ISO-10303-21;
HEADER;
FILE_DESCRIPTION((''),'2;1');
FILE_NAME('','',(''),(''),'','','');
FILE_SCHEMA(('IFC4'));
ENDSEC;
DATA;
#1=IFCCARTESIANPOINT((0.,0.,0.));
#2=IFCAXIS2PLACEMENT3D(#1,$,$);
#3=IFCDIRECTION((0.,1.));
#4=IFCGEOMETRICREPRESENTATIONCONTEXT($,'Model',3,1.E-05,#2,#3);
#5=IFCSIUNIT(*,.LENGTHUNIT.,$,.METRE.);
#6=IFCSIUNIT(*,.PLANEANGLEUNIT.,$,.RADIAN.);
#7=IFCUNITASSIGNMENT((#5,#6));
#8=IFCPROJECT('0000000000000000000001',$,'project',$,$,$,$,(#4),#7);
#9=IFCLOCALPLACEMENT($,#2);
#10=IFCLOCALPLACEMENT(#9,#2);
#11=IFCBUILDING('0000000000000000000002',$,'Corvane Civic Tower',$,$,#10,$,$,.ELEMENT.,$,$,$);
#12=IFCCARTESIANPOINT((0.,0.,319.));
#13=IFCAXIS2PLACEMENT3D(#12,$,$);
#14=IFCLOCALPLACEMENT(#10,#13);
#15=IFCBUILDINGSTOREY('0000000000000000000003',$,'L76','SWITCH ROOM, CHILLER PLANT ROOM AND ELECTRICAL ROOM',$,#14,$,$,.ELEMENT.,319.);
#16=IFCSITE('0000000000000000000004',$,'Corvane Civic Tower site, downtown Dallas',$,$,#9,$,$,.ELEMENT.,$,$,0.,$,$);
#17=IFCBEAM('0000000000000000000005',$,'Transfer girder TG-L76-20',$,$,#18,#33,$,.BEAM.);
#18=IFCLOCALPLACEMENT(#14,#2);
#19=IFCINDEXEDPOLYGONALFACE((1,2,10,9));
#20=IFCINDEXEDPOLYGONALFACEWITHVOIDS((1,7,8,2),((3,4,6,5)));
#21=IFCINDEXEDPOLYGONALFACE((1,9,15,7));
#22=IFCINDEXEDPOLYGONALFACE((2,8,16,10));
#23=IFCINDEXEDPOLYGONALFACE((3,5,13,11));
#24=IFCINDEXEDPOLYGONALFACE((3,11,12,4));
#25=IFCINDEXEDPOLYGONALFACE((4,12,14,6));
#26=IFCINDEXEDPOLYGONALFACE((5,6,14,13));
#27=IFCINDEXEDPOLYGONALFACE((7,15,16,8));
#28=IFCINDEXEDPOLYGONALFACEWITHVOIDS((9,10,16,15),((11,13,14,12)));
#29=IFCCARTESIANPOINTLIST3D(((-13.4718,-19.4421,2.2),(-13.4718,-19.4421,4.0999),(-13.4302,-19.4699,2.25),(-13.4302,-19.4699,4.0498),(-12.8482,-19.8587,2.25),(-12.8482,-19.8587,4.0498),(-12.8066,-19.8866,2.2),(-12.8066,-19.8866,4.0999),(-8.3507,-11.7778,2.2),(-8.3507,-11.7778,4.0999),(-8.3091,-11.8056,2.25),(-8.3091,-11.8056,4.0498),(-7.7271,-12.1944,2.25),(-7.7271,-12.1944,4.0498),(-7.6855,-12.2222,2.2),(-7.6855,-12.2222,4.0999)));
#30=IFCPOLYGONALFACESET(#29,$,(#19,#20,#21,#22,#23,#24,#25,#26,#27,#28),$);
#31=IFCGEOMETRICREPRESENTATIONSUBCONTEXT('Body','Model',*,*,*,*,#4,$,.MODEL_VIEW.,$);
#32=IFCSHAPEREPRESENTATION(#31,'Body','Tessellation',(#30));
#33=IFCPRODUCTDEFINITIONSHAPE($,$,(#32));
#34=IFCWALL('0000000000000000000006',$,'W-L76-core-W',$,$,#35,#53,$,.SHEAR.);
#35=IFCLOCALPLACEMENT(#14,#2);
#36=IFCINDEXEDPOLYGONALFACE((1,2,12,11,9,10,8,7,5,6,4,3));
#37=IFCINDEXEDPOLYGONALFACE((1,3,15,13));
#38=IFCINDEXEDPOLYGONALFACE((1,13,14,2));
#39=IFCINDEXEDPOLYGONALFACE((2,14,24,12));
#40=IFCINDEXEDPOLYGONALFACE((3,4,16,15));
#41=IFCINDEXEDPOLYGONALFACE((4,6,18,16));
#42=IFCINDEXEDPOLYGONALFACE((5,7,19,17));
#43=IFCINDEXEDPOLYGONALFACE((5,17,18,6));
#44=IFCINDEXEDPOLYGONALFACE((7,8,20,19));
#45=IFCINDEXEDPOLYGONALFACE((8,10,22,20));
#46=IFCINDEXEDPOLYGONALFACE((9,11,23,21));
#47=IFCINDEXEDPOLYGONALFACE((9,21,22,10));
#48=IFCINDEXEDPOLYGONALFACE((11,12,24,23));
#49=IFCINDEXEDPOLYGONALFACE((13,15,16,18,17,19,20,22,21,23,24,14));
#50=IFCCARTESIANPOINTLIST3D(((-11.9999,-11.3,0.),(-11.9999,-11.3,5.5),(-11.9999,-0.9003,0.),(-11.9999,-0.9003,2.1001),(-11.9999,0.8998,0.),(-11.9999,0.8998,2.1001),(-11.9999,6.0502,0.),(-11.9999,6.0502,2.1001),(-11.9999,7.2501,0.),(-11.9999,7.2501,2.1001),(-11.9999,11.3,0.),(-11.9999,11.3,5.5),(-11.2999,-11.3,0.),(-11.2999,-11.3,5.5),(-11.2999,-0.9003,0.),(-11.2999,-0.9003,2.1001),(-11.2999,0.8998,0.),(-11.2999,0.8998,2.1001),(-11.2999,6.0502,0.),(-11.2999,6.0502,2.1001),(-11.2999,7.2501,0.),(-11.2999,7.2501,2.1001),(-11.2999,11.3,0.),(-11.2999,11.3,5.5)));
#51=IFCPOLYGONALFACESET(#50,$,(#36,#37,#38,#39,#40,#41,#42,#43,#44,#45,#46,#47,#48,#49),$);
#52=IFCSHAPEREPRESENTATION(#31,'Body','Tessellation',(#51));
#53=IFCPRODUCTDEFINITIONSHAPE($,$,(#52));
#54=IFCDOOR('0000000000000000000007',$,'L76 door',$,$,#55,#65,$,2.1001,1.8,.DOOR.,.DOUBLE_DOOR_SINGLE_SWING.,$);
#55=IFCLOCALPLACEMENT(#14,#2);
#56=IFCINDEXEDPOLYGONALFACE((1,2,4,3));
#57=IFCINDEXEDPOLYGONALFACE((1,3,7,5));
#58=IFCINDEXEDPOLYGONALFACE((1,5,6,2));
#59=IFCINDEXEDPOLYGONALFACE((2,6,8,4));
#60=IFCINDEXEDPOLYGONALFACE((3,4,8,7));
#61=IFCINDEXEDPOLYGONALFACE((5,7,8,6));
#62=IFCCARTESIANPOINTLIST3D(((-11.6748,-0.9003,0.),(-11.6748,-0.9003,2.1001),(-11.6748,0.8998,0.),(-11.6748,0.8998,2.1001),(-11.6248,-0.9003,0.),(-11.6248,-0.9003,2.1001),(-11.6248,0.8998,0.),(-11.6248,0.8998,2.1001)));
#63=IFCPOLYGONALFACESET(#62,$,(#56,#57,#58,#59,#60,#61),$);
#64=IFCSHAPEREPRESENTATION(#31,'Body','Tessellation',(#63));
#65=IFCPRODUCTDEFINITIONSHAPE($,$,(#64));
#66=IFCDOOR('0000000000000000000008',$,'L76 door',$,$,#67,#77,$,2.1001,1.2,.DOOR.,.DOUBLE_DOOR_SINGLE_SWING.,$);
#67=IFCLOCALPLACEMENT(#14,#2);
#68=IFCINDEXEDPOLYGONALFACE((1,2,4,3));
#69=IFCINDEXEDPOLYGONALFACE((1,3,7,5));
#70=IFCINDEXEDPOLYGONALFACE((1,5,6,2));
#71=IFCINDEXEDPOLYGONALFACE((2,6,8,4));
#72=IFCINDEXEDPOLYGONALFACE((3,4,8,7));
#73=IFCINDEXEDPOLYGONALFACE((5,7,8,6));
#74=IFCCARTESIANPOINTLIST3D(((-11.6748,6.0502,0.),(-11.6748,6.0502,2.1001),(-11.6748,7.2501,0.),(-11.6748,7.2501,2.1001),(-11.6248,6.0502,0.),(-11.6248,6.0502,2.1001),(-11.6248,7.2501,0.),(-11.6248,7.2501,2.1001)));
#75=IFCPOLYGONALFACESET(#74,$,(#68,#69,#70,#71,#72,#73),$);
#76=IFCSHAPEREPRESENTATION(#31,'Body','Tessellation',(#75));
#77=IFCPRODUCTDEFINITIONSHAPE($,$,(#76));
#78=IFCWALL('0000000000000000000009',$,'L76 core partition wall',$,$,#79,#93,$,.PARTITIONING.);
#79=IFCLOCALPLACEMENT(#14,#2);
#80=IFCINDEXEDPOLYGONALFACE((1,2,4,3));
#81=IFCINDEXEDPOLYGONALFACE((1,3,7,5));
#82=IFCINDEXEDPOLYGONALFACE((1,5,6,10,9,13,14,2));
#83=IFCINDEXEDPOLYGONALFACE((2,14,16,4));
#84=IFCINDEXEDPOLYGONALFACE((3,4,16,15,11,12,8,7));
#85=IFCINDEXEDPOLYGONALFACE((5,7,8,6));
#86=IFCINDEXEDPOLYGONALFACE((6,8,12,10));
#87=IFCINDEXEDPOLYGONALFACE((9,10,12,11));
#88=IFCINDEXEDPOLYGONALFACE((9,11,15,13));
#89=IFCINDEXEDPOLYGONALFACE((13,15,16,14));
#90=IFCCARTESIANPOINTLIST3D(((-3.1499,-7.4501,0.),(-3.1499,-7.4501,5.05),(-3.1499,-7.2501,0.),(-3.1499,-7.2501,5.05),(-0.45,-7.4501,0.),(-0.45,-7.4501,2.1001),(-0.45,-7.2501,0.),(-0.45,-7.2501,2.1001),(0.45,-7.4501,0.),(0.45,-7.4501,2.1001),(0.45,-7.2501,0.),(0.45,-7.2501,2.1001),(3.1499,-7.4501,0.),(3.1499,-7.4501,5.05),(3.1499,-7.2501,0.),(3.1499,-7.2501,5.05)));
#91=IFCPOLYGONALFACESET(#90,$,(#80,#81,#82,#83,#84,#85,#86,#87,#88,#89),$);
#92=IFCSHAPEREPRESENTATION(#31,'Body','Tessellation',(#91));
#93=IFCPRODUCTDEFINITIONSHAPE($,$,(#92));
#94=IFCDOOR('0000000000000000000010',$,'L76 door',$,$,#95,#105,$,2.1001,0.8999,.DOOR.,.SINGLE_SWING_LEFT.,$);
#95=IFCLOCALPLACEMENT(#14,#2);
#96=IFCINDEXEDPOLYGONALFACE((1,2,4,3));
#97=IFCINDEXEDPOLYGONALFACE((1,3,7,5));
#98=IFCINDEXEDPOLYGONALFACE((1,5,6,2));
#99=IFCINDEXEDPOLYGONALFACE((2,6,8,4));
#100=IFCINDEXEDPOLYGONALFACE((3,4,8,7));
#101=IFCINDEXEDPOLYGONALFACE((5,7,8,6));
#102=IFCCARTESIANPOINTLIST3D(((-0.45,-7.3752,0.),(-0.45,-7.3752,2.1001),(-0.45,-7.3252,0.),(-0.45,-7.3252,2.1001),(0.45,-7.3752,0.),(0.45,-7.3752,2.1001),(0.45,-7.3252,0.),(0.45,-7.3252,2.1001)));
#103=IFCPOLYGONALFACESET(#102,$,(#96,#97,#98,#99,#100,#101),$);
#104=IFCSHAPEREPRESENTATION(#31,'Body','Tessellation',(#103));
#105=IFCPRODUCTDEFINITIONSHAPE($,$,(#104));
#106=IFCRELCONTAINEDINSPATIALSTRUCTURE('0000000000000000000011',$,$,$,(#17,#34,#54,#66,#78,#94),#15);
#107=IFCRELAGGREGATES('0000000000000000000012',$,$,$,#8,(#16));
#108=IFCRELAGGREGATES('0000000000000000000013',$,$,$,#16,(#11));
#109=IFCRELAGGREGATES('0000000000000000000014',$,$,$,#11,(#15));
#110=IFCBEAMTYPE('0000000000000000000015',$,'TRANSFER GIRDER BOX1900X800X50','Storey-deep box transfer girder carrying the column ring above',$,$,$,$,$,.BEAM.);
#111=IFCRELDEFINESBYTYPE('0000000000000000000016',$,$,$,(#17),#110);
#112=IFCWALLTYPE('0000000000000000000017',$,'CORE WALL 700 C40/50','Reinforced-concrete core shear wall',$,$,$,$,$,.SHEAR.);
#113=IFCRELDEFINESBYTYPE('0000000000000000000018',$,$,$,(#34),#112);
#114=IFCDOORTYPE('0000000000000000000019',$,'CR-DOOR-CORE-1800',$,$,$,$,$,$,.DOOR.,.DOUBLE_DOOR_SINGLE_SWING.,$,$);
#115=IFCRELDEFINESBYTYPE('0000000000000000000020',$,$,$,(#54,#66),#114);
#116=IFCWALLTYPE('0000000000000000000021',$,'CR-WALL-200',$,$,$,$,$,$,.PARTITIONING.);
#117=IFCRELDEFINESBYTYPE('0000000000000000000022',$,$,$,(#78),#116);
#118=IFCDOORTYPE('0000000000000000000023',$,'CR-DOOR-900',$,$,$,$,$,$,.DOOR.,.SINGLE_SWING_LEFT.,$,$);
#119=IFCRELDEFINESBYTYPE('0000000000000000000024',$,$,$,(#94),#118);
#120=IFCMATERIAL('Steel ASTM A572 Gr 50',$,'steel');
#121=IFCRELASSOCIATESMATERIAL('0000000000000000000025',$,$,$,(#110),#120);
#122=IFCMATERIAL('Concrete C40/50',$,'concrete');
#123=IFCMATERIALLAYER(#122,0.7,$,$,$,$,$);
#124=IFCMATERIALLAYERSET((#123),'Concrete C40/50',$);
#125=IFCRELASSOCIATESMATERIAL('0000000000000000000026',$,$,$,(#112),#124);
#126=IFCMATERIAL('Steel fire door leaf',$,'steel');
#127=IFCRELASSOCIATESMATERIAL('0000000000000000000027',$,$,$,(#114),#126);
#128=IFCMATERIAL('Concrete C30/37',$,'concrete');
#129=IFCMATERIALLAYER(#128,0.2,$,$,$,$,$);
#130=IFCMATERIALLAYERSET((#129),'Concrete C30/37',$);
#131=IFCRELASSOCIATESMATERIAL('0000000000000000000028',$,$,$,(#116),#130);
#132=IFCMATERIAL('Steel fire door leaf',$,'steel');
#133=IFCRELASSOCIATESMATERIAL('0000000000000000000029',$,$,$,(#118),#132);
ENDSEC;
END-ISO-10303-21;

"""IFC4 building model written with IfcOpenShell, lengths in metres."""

from ifc_helpers import new_model, si_unit, direction, frame, frame_2d, origin, origin_2d, place, context, subcontext, project, spatial, rectangle, hollow_rectangle, extrude, material, layer, layer_set, material_profile, profile_set, type_object, element, fill, save


model = new_model("IFC4")

# Units and contexts
model_context = context("Model", 3, precision=1e-05, world=origin(), true_north=direction((0.0, 1.0)))
body_context = subcontext(model_context, "Body", "Model", "MODEL_VIEW")
ifc_project = project(units=[si_unit("LENGTHUNIT", "METRE"), si_unit("PLANEANGLEUNIT", "RADIAN")], contexts=[model_context])

# Site, building, storey
site_placement = place(None, origin())
site = spatial("IfcSite", under=ifc_project, at=site_placement, Name="Corvane Civic Tower site, downtown Dallas", CompositionType="ELEMENT", RefElevation=0.0)
building_placement = place(site_placement, origin())
building = spatial("IfcBuilding", under=site, at=building_placement, Name="Corvane Civic Tower", CompositionType="ELEMENT")
storey_placement = place(building_placement, frame((0.0, 0.0, 319.0)))
storey = spatial("IfcBuildingStorey", under=building, at=storey_placement, Name="L76", Description="SWITCH ROOM, CHILLER PLANT ROOM AND ELECTRICAL ROOM", CompositionType="ELEMENT", Elevation=319.0)

# Beam
ifc_material_1 = material(Name="Steel ASTM A572 Gr 50", Category="steel")
ifc_material_profile_1 = material_profile(ifc_material_1, hollow_rectangle(XDim=0.8, YDim=1.8999, WallThickness=0.05, at=origin_2d()), Name="BOX1900X800X50")
ifc_profile_set_1 = profile_set([ifc_material_profile_1], Name="Steel ASTM A572 Gr 50")
beam_type_1 = type_object("IfcBeamType", Name="TRANSFER GIRDER BOX1900X800X50", Description="Storey-deep box transfer girder carrying the column ring above", PredefinedType="BEAM", material=ifc_profile_set_1)
beam_1_placement = place(storey_placement, frame((-8.0181, -12.0, 3.1499), z_axis=(-0.555568, -0.831471, 0.0), x_axis=(0.831471, -0.555568, 0.0)))
element("IfcBeam", 1, at=beam_1_placement, inside=storey, type_object=beam_type_1, Name="Transfer girder TG-L76-20", PredefinedType="BEAM", context=body_context, shape_type="SweptSolid", body=[
    extrude(hollow_rectangle(XDim=0.8, YDim=1.8999, WallThickness=0.05, at=origin_2d()), origin(), (0.0, 0.0, 1.0), 9.2178),
])

# Wall, openings, doors
ifc_material_2 = material(Name="Concrete C40/50", Category="concrete")
ifc_layer_1 = layer(ifc_material_2, 0.7)
ifc_layer_set_1 = layer_set([ifc_layer_1], Name="Concrete C40/50")
wall_type_1 = type_object("IfcWallType", Name="CORE WALL 700 C40/50", Description="Reinforced-concrete core shear wall", PredefinedType="SHEAR", material=ifc_layer_set_1)
wall_1_placement = place(storey_placement, frame((-11.6499, -11.3, 0.0), z_axis=(0.0, 0.0, 1.0), x_axis=(0.0, 1.0, 0.0)))
wall_1 = element("IfcWall", 2, at=wall_1_placement, inside=storey, type_object=wall_type_1, Name="W-L76-core-W", PredefinedType="SHEAR", context=body_context, shape_type="SweptSolid", body=[
    extrude(rectangle(XDim=22.6001, YDim=0.7, at=frame_2d((11.3, 0.0))), origin(), (0.0, 0.0, 1.0), 5.5),
])
opening_1_placement = place(wall_1_placement, frame((10.3999, 0.0, 0.0)))
opening_1 = element("IfcOpeningElement", 3, at=opening_1_placement, cuts=wall_1, PredefinedType="OPENING", context=body_context, shape_type="SweptSolid", body=[
    extrude(rectangle(XDim=1.8, YDim=2.1001, at=frame_2d((0.8999, 1.05))), frame((0.0, 0.3599, 0.0), z_axis=(0.0, -1.0, 0.0), x_axis=(1.0, 0.0, 0.0)), (0.0, 0.0, 1.0), 0.72),
])
opening_2_placement = place(wall_1_placement, frame((17.3501, 0.0, 0.0)))
opening_2 = element("IfcOpeningElement", 4, at=opening_2_placement, cuts=wall_1, PredefinedType="OPENING", context=body_context, shape_type="SweptSolid", body=[
    extrude(rectangle(XDim=1.2, YDim=2.1001, at=frame_2d((0.6001, 1.05))), frame((0.0, 0.3599, 0.0), z_axis=(0.0, -1.0, 0.0), x_axis=(1.0, 0.0, 0.0)), (0.0, 0.0, 1.0), 0.72),
])
ifc_material_3 = material(Name="Steel fire door leaf", Category="steel")
door_type_1 = type_object("IfcDoorType", Name="CR-DOOR-CORE-1800", OperationType="DOUBLE_DOOR_SINGLE_SWING", PredefinedType="DOOR", material=ifc_material_3)
door_1_placement = place(opening_1_placement, origin())
door_1 = element("IfcDoor", 5, at=door_1_placement, inside=storey, type_object=door_type_1, Name="L76 door", OperationType="DOUBLE_DOOR_SINGLE_SWING", OverallHeight=2.1001, OverallWidth=1.8, PredefinedType="DOOR", context=body_context, shape_type="SweptSolid", body=[
    extrude(rectangle(XDim=1.8, YDim=2.1001, at=frame_2d((0.8999, 1.05))), frame((0.0, 0.0249, 0.0), z_axis=(0.0, -1.0, 0.0), x_axis=(1.0, 0.0, 0.0)), (0.0, 0.0, 1.0), 0.05),
])
fill(opening_1, door_1)
door_2_placement = place(opening_2_placement, origin())
door_2 = element("IfcDoor", 6, at=door_2_placement, inside=storey, type_object=door_type_1, Name="L76 door", OperationType="DOUBLE_DOOR_SINGLE_SWING", OverallHeight=2.1001, OverallWidth=1.2, PredefinedType="DOOR", context=body_context, shape_type="SweptSolid", body=[
    extrude(rectangle(XDim=1.2, YDim=2.1001, at=frame_2d((0.6001, 1.05))), frame((0.0, 0.0249, 0.0), z_axis=(0.0, -1.0, 0.0), x_axis=(1.0, 0.0, 0.0)), (0.0, 0.0, 1.0), 0.05),
])
fill(opening_2, door_2)

# Wall, opening, door
ifc_material_4 = material(Name="Concrete C30/37", Category="concrete")
ifc_layer_2 = layer(ifc_material_4, 0.2)
ifc_layer_set_2 = layer_set([ifc_layer_2], Name="Concrete C30/37")
wall_type_2 = type_object("IfcWallType", Name="CR-WALL-200", PredefinedType="PARTITIONING", material=ifc_layer_set_2)
wall_2_placement = place(storey_placement, frame((-3.1499, -7.3501, 0.0), z_axis=(0.0, 0.0, 1.0), x_axis=(1.0, 0.0, 0.0)))
wall_2 = element("IfcWall", 7, at=wall_2_placement, inside=storey, type_object=wall_type_2, Name="L76 core partition wall", PredefinedType="PARTITIONING", context=body_context, shape_type="SweptSolid", body=[
    extrude(rectangle(XDim=6.2998, YDim=0.2, at=frame_2d((3.1499, 0.0))), origin(), (0.0, 0.0, 1.0), 5.05),
])
opening_3_placement = place(wall_2_placement, frame((2.7, 0.0, 0.0)))
opening_3 = element("IfcOpeningElement", 8, at=opening_3_placement, cuts=wall_2, PredefinedType="OPENING", context=body_context, shape_type="SweptSolid", body=[
    extrude(rectangle(XDim=0.8999, YDim=2.1001, at=frame_2d((0.45, 1.05))), frame((0.0, 0.1099, 0.0), z_axis=(0.0, -1.0, 0.0), x_axis=(1.0, 0.0, 0.0)), (0.0, 0.0, 1.0), 0.22),
])
ifc_material_5 = material(Name="Steel fire door leaf", Category="steel")
door_type_2 = type_object("IfcDoorType", Name="CR-DOOR-900", OperationType="SINGLE_SWING_LEFT", PredefinedType="DOOR", material=ifc_material_5)
door_3_placement = place(opening_3_placement, origin())
door_3 = element("IfcDoor", 9, at=door_3_placement, inside=storey, type_object=door_type_2, Name="L76 door", OperationType="SINGLE_SWING_LEFT", OverallHeight=2.1001, OverallWidth=0.8999, PredefinedType="DOOR", context=body_context, shape_type="SweptSolid", body=[
    extrude(rectangle(XDim=0.8999, YDim=2.1001, at=frame_2d((0.45, 1.05))), frame((0.0, 0.0249, 0.0), z_axis=(0.0, -1.0, 0.0), x_axis=(1.0, 0.0, 0.0)), (0.0, 0.0, 1.0), 0.05),
])
fill(opening_3, door_3)

save(model, "model.ifc")
